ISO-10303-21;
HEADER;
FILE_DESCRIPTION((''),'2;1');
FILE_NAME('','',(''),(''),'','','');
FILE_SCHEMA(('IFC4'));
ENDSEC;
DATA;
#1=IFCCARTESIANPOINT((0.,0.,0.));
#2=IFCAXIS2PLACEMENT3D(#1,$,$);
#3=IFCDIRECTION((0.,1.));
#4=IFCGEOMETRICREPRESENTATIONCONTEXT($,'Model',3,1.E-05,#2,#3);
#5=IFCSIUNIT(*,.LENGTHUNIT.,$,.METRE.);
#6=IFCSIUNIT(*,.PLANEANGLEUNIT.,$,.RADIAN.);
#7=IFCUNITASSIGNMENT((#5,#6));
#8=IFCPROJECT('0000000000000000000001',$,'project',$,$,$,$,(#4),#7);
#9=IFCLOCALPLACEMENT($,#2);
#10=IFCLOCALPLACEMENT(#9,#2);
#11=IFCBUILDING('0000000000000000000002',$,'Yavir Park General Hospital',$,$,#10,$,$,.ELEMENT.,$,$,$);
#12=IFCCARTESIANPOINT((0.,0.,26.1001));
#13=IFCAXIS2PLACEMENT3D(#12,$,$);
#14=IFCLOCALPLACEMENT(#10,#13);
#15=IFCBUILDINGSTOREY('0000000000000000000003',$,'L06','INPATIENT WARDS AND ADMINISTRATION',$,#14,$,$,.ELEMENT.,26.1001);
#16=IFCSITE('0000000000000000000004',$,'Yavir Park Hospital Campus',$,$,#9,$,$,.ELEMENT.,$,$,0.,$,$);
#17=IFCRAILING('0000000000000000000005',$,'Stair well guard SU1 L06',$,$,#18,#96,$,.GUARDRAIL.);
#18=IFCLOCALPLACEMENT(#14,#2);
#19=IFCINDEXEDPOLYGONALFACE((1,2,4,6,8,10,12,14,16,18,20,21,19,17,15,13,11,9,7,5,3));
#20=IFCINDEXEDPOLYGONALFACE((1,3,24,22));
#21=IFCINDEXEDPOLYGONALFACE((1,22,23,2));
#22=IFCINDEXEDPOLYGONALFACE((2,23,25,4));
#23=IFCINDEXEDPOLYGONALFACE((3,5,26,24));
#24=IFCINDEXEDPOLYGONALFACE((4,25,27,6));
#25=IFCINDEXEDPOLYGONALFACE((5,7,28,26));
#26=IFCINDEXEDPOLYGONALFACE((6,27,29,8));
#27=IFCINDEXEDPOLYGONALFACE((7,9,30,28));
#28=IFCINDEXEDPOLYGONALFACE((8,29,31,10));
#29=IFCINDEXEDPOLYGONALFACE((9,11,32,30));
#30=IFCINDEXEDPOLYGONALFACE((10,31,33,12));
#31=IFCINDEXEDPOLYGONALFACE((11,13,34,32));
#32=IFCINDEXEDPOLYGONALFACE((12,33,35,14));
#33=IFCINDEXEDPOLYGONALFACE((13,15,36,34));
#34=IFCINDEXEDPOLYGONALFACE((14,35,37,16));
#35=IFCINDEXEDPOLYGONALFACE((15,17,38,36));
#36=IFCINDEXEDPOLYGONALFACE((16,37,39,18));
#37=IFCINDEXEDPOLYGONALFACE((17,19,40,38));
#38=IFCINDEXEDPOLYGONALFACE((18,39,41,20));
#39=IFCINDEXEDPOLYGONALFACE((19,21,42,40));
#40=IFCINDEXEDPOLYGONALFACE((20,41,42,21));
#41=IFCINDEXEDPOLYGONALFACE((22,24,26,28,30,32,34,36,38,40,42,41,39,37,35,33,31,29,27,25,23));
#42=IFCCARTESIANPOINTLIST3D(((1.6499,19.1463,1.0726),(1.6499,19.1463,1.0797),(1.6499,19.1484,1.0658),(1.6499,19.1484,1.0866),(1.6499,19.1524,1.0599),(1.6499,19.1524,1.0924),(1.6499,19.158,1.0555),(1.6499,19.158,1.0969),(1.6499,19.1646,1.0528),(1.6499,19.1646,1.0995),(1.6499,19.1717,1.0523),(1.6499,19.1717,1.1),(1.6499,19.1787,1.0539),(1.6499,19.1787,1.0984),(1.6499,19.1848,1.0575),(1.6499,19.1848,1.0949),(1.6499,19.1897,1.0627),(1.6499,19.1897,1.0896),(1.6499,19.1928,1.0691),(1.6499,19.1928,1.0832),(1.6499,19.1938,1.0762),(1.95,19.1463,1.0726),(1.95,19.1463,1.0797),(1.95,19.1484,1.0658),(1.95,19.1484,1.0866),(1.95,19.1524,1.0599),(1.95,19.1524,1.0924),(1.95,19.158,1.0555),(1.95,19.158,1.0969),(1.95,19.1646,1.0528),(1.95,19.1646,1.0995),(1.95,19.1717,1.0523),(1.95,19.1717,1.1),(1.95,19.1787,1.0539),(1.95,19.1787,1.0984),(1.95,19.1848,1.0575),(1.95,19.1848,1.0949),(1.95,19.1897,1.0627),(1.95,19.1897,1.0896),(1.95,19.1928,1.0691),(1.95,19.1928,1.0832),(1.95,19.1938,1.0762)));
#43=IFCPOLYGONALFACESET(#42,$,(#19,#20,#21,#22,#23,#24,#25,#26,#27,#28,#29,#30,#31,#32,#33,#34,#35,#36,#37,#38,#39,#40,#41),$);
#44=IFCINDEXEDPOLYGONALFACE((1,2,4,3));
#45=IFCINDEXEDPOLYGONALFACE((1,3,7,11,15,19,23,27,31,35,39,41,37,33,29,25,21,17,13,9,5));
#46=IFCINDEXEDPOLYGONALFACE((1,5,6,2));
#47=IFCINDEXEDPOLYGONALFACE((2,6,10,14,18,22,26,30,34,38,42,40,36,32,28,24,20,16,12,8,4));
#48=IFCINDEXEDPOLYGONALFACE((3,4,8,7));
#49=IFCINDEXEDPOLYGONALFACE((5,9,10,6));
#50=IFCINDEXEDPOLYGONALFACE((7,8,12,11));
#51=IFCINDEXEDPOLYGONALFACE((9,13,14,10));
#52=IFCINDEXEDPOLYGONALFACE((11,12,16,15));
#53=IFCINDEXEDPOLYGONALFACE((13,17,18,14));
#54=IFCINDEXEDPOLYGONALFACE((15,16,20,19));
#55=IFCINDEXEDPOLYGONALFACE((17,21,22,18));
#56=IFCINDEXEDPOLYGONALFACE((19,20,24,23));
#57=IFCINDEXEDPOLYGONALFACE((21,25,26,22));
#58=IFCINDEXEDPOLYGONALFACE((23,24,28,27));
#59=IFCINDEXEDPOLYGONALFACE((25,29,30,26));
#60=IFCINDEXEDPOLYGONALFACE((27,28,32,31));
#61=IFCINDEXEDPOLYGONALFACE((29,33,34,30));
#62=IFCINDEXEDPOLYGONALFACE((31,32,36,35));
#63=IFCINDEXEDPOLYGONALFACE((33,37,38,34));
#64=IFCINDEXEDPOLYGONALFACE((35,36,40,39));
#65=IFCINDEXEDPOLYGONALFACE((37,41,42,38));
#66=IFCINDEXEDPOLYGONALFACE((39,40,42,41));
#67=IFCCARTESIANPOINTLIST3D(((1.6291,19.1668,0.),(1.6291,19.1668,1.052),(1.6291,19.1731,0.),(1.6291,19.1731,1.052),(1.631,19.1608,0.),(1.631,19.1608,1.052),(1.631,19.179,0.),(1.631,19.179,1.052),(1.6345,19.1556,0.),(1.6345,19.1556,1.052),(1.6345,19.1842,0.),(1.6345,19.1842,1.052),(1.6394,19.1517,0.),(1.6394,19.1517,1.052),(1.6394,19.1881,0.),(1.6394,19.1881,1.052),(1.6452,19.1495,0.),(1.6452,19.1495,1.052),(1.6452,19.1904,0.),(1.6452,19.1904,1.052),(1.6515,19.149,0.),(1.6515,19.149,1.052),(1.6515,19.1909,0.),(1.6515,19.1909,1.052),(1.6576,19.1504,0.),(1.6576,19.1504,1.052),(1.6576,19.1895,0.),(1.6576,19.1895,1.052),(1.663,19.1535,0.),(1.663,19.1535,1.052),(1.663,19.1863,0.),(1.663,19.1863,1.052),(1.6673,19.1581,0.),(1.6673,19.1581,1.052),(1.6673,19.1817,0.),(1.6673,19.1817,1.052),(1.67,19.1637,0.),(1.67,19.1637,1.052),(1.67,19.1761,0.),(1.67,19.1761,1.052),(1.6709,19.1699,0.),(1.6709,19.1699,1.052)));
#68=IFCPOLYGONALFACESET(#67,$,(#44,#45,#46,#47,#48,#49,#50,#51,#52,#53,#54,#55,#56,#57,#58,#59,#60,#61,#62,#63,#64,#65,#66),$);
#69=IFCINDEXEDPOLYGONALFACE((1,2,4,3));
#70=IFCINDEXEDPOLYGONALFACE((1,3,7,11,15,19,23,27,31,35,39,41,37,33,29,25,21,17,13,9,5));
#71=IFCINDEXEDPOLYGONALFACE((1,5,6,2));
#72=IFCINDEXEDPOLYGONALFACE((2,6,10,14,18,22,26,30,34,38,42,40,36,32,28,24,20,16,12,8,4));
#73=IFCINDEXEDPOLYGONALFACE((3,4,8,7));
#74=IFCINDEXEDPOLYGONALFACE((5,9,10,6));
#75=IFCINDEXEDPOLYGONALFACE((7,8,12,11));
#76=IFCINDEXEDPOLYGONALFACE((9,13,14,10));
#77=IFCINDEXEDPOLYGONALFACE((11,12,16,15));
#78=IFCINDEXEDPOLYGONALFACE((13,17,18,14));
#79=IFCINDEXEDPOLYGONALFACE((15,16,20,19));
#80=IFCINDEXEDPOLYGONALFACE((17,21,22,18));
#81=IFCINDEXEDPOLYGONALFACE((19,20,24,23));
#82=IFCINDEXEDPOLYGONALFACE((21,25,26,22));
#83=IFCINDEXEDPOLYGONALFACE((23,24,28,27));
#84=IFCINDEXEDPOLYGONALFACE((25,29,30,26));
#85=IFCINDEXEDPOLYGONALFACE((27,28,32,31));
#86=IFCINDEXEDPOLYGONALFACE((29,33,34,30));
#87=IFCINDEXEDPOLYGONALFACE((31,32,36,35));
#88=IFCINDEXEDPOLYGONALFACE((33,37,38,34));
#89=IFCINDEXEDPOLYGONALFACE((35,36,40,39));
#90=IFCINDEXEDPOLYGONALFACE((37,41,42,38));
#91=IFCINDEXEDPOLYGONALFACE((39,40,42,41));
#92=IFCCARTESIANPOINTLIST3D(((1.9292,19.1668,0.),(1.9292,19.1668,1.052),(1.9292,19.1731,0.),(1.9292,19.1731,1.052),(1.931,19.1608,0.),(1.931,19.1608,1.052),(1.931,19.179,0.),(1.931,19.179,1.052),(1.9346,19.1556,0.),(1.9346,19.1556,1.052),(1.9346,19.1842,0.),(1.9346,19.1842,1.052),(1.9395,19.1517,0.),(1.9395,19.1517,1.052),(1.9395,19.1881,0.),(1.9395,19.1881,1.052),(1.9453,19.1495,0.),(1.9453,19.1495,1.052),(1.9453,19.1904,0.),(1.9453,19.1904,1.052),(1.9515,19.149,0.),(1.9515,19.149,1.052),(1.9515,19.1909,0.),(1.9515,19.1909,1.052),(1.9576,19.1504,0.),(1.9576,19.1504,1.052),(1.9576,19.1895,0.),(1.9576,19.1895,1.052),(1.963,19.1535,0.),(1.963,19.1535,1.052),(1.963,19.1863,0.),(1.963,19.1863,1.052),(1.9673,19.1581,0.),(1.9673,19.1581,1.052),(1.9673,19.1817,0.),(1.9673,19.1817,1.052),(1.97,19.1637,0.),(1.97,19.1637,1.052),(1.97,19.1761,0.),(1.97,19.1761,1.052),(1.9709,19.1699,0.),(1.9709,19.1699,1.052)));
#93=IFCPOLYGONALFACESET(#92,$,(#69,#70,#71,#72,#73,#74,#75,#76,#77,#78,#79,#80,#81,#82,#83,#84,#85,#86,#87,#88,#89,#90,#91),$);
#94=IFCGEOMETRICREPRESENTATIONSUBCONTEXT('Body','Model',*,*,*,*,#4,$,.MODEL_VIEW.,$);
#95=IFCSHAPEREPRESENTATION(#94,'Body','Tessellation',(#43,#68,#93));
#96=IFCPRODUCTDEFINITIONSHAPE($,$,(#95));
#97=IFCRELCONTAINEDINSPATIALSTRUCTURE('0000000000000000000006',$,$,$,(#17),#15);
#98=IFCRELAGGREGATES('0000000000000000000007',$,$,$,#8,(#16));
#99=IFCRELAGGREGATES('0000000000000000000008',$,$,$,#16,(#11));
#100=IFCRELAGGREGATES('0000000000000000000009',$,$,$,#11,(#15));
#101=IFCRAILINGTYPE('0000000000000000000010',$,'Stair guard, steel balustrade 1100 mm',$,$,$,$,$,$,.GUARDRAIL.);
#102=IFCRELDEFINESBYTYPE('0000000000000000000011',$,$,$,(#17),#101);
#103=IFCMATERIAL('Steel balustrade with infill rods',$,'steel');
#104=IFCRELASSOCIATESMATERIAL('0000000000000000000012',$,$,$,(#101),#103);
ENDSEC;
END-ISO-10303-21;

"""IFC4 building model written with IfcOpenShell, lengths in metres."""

from ifc_helpers import new_model, si_unit, direction, frame, origin, origin_2d, place, context, subcontext, project, spatial, circle, extrude, material, type_object, element, save


model = new_model("IFC4")

# Units and contexts
model_context = context("Model", 3, precision=1e-05, world=origin(), true_north=direction((0.0, 1.0)))
body_context = subcontext(model_context, "Body", "Model", "MODEL_VIEW")
ifc_project = project(units=[si_unit("LENGTHUNIT", "METRE"), si_unit("PLANEANGLEUNIT", "RADIAN")], contexts=[model_context])

# Site, building, storey
site_placement = place(None, origin())
site = spatial("IfcSite", under=ifc_project, at=site_placement, Name="Yavir Park Hospital Campus", CompositionType="ELEMENT", RefElevation=0.0)
building_placement = place(site_placement, origin())
building = spatial("IfcBuilding", under=site, at=building_placement, Name="Yavir Park General Hospital", CompositionType="ELEMENT")
storey_placement = place(building_placement, frame((0.0, 0.0, 26.1001)))
storey = spatial("IfcBuildingStorey", under=building, at=storey_placement, Name="L06", Description="INPATIENT WARDS AND ADMINISTRATION", CompositionType="ELEMENT", Elevation=26.1001)

# Railing
ifc_material_1 = material(Name="Steel balustrade with infill rods", Category="steel")
railing_type_1 = type_object("IfcRailingType", Name="Stair guard, steel balustrade 1100 mm", PredefinedType="GUARDRAIL", material=ifc_material_1)
railing_1_placement = place(storey_placement, frame((1.6499, 19.1699, 0.0)))
element("IfcRailing", 1, at=railing_1_placement, inside=storey, type_object=railing_type_1, Name="Stair well guard SU1 L06", PredefinedType="GUARDRAIL", context=body_context, shape_type="SweptSolid", body=[
    extrude(circle(Radius=0.0239, at=origin_2d()), frame((0.0, 0.0, 1.0762), z_axis=(1.0, 0.0, 0.0), x_axis=(0.0, 1.0, 0.0)), (0.0, 0.0, 1.0), 0.3),
    extrude(circle(Radius=0.021, at=origin_2d()), origin(), (0.0, 0.0, 1.0), 1.052),
    extrude(circle(Radius=0.021, at=origin_2d()), frame((0.3, 0.0, 0.0)), (0.0, 0.0, 1.0), 1.052),
])

save(model, "model.ifc")
